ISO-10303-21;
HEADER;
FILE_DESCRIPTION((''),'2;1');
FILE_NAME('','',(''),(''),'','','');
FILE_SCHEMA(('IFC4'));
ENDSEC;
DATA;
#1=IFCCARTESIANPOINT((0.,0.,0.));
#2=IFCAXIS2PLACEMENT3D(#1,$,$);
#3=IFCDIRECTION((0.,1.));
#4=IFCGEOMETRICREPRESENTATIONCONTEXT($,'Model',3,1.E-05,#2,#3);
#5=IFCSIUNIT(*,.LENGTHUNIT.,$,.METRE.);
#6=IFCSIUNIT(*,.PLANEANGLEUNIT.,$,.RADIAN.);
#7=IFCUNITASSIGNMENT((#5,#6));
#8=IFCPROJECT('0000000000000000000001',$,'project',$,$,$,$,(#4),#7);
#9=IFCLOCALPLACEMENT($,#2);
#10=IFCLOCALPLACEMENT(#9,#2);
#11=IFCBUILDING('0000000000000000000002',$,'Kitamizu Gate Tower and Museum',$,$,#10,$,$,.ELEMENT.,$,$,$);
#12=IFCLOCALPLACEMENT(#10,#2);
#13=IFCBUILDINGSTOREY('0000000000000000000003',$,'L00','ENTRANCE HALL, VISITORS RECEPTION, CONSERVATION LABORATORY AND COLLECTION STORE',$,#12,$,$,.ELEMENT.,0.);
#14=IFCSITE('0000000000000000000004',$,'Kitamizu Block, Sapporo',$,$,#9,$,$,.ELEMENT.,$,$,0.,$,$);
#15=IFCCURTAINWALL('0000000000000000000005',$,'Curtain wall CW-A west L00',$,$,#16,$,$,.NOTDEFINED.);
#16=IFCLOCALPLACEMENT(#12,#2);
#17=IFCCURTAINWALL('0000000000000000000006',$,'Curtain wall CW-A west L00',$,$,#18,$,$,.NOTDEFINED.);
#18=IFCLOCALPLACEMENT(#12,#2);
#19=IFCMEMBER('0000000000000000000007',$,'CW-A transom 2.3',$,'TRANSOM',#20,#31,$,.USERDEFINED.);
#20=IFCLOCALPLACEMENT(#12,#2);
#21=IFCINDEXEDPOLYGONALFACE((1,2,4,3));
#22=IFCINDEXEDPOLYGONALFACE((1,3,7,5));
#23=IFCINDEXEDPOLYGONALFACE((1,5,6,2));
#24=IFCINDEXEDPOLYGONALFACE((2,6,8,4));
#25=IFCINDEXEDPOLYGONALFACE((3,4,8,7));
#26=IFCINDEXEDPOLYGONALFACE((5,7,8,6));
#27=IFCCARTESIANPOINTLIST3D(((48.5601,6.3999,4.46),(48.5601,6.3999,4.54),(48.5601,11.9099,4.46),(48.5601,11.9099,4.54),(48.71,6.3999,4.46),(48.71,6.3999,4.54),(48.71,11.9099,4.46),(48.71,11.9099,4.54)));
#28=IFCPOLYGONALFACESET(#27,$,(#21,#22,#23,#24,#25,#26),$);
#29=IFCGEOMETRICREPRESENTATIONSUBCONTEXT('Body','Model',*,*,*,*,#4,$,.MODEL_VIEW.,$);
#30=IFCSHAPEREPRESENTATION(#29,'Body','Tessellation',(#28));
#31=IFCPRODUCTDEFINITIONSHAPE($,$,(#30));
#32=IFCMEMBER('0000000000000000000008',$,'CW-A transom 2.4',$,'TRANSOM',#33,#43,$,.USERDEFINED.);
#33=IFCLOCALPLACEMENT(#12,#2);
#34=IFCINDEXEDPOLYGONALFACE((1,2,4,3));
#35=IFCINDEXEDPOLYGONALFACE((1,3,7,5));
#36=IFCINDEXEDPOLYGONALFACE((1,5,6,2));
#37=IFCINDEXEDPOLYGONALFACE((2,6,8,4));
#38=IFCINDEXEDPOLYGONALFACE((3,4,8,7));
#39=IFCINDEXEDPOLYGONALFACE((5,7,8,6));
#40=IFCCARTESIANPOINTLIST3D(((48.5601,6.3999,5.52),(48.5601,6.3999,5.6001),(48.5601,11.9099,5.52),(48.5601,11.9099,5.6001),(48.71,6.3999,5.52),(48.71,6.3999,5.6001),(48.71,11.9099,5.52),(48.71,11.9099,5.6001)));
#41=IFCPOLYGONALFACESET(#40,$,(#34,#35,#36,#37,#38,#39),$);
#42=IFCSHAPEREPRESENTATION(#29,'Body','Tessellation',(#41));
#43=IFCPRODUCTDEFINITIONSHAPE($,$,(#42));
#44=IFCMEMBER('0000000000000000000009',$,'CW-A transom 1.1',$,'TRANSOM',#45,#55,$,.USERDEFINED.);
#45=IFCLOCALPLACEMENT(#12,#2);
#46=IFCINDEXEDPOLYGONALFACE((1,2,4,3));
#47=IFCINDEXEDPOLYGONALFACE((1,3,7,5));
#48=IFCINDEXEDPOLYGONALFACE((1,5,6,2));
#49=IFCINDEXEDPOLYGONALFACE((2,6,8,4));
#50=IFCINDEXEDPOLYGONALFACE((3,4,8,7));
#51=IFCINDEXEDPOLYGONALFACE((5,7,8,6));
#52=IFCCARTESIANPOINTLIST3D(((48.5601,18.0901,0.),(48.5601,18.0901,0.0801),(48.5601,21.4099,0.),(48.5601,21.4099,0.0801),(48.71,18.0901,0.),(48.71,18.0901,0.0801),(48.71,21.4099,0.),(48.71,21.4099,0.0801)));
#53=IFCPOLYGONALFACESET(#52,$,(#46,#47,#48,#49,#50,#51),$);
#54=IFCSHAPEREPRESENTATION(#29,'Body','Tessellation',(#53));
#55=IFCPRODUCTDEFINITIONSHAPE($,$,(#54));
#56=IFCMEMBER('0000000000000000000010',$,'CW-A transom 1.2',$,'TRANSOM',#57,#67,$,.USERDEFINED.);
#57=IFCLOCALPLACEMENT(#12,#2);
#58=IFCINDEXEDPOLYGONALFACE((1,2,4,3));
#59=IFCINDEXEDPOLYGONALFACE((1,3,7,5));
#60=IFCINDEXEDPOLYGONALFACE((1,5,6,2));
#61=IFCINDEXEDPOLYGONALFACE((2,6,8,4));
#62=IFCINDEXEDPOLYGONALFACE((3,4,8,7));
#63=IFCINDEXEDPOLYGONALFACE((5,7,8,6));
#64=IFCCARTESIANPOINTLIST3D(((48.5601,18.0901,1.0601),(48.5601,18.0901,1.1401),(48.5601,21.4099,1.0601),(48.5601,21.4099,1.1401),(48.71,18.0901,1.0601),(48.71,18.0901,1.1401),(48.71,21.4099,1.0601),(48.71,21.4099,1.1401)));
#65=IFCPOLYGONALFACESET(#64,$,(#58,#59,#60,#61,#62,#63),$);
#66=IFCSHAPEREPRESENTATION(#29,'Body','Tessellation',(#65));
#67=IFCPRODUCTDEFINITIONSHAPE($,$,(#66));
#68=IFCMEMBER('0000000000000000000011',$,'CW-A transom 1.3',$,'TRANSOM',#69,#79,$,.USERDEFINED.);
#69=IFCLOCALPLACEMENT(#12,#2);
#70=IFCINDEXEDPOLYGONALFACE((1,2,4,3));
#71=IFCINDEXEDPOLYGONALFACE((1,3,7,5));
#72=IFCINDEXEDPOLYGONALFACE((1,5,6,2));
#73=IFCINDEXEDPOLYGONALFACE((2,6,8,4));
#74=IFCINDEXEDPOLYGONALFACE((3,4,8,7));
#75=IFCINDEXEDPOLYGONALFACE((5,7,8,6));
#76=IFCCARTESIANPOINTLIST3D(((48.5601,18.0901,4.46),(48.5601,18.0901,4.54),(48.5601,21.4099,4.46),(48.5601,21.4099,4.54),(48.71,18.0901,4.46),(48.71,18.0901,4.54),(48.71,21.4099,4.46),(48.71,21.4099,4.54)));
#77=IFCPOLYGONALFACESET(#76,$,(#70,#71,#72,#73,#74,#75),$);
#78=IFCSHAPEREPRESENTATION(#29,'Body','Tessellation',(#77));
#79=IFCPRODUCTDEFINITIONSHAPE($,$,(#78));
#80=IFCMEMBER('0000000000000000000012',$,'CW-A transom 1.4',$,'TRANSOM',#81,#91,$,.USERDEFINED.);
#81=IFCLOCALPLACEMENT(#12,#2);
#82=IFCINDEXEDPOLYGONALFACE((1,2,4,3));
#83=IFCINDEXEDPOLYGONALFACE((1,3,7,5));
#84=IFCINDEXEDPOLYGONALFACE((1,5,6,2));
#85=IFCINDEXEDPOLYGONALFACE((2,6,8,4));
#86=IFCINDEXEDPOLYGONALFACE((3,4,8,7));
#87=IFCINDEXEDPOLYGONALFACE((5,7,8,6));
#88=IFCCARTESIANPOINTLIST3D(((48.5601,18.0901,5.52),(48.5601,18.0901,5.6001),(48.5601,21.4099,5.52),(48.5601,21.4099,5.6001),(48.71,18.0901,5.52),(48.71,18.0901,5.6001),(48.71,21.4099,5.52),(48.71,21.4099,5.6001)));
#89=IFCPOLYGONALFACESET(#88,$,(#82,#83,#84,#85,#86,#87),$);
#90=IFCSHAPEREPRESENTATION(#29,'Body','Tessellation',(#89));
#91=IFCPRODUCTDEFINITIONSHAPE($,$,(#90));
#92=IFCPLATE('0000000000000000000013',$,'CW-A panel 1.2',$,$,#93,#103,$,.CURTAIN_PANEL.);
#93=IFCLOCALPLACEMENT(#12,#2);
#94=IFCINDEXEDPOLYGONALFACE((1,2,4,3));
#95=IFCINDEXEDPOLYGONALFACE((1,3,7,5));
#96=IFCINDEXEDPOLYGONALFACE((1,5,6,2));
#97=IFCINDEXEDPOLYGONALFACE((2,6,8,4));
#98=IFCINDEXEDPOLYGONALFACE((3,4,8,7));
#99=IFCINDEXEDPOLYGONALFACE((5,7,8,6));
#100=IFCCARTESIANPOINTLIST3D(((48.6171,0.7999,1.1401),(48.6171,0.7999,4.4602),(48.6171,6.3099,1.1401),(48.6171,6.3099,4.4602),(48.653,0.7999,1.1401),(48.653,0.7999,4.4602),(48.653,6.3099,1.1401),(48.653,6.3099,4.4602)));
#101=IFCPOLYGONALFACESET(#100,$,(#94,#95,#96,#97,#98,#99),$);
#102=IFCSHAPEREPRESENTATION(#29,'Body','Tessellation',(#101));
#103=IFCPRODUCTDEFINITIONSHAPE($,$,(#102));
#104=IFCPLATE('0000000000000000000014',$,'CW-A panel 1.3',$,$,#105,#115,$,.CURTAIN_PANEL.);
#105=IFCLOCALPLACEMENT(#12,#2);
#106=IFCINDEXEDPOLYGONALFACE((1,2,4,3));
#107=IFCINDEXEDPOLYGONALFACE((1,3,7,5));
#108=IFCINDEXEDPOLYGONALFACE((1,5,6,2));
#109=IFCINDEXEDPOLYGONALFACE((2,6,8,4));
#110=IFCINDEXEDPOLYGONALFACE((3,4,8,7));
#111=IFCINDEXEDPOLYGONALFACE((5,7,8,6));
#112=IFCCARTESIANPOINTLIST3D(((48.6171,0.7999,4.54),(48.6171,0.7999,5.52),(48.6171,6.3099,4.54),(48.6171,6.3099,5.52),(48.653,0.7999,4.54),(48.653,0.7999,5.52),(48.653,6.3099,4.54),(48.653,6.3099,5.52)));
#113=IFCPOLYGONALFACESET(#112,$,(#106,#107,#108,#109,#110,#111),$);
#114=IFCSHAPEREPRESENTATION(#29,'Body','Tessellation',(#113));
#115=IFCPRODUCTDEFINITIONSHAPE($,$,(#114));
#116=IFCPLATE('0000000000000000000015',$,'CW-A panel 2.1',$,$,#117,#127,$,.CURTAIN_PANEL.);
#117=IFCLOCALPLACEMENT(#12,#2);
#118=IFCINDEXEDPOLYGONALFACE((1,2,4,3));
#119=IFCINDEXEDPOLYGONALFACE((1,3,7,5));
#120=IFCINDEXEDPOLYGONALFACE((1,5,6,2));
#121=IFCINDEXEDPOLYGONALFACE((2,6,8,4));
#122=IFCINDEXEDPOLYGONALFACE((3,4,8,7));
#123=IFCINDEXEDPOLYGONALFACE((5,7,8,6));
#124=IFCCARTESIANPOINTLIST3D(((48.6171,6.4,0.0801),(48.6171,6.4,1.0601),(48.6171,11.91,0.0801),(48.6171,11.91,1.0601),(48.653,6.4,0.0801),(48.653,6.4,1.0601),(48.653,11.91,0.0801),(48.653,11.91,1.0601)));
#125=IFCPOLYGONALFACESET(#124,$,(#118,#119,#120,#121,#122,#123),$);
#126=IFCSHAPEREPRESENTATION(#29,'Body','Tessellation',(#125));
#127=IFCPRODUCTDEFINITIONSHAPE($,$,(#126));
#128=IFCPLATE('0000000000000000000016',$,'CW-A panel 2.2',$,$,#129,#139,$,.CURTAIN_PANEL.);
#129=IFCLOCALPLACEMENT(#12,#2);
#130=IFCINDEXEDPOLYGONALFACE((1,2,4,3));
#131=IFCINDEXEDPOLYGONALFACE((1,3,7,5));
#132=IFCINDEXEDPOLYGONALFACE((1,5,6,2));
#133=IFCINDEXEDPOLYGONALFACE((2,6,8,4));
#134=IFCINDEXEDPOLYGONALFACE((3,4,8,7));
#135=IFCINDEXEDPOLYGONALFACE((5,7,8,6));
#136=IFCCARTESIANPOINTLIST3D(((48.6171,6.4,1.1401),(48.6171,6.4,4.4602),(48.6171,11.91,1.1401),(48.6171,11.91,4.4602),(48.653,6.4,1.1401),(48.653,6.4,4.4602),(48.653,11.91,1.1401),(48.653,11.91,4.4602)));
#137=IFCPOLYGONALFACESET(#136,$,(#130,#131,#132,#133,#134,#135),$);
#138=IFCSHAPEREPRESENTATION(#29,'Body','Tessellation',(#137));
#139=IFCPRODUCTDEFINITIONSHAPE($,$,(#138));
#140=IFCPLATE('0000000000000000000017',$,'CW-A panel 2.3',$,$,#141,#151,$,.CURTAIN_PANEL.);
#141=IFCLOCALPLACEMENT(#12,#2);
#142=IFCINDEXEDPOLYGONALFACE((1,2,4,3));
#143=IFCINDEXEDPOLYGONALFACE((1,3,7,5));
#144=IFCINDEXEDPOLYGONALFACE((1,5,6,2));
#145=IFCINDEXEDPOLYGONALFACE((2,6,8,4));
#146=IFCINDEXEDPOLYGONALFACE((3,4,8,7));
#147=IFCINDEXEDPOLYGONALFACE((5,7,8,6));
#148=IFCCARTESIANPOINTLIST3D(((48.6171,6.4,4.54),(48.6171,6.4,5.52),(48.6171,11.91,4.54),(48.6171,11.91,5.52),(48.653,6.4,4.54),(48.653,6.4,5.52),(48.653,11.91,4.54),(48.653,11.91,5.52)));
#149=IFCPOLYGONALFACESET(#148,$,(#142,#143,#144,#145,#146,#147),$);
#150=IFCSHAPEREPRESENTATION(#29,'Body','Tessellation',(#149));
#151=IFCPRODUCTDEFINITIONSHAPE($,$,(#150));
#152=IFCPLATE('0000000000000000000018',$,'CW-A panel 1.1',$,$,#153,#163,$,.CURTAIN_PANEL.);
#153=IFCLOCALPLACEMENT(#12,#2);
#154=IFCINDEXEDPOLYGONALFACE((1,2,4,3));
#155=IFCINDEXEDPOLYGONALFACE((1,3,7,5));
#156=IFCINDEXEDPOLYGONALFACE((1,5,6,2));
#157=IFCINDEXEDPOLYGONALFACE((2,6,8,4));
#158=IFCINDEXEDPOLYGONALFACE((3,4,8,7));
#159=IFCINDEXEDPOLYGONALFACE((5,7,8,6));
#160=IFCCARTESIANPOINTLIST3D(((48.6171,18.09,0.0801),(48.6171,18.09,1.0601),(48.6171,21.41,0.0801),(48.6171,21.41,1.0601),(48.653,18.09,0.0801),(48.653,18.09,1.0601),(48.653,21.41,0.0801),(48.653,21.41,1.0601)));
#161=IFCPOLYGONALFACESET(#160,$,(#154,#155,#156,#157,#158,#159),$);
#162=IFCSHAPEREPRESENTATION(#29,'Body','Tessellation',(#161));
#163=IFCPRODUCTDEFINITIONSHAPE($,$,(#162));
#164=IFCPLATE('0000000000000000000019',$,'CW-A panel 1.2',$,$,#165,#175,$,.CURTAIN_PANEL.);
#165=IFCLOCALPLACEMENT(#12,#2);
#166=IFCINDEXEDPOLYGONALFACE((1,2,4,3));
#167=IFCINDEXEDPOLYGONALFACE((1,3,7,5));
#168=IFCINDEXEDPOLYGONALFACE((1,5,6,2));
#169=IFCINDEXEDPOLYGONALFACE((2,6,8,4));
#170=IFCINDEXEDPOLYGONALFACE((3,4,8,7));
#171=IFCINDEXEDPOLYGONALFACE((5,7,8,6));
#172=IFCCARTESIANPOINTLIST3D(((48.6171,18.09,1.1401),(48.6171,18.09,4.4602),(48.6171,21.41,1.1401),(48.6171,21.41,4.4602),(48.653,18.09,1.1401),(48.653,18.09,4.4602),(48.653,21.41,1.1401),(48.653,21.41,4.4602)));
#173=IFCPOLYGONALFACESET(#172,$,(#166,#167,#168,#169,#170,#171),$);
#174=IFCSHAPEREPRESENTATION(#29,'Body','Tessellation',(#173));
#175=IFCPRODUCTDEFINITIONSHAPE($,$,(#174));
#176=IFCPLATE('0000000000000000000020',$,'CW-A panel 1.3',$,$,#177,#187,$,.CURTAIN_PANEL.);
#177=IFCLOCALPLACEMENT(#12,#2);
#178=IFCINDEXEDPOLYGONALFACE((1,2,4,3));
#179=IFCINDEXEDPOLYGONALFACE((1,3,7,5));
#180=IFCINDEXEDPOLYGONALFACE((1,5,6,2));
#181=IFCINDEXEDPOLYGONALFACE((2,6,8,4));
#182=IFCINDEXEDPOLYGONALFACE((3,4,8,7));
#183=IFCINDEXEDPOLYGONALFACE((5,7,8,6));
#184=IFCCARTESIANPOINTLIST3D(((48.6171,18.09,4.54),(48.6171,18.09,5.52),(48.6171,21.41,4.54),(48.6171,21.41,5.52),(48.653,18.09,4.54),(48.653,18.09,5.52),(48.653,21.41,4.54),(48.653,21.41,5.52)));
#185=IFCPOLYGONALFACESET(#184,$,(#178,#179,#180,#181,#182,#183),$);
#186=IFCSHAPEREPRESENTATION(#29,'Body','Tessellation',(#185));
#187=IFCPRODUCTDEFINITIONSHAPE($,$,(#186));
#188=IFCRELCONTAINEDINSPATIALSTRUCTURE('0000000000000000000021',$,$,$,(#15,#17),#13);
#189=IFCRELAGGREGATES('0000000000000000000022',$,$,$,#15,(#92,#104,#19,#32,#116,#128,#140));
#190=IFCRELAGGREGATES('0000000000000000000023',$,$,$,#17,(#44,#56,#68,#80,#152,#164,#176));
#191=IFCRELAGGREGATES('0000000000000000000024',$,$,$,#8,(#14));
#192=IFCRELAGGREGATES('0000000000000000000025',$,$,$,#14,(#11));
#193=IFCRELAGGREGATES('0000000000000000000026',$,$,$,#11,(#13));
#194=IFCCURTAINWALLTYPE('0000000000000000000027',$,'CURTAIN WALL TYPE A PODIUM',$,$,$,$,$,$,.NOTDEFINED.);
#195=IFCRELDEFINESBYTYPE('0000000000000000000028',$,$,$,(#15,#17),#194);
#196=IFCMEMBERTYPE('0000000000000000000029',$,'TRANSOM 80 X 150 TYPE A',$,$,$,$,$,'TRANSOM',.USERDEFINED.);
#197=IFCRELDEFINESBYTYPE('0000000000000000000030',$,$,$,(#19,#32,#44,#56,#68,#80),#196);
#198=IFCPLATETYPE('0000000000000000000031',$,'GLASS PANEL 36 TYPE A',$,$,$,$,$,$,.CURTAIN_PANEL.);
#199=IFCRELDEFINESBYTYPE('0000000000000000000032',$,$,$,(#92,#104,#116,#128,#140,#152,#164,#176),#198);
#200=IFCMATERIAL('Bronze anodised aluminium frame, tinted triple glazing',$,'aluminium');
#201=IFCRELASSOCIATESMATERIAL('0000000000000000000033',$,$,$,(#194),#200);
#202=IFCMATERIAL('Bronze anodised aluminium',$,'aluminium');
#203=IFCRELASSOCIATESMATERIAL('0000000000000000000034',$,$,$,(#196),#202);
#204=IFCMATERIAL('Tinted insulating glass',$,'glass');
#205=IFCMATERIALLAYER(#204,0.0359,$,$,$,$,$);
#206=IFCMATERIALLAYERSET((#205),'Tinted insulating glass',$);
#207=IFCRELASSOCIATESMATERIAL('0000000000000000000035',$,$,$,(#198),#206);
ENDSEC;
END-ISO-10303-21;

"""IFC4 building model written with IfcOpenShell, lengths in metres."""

from ifc_helpers import new_model, si_unit, direction, frame, origin, origin_2d, place, context, subcontext, project, spatial, rectangle, extrude, material, layer, layer_set, material_profile, profile_set, type_object, element, aggregate, save


model = new_model("IFC4")

# Units and contexts
model_context = context("Model", 3, precision=1e-05, world=origin(), true_north=direction((0.0, 1.0)))
body_context = subcontext(model_context, "Body", "Model", "MODEL_VIEW")
ifc_project = project(units=[si_unit("LENGTHUNIT", "METRE"), si_unit("PLANEANGLEUNIT", "RADIAN")], contexts=[model_context])

# Site, building, storey
site_placement = place(None, origin())
site = spatial("IfcSite", under=ifc_project, at=site_placement, Name="Kitamizu Block, Sapporo", CompositionType="ELEMENT", RefElevation=0.0)
building_placement = place(site_placement, origin())
building = spatial("IfcBuilding", under=site, at=building_placement, Name="Kitamizu Gate Tower and Museum", CompositionType="ELEMENT")
storey_placement = place(building_placement, origin())
storey = spatial("IfcBuildingStorey", under=building, at=storey_placement, Name="L00", Description="ENTRANCE HALL, VISITORS RECEPTION, CONSERVATION LABORATORY AND COLLECTION STORE", CompositionType="ELEMENT", Elevation=0.0)

# Curtain walls
ifc_material_1 = material(Name="Bronze anodised aluminium frame, tinted triple glazing", Category="aluminium")
curtain_wall_type = type_object("IfcCurtainWallType", Name="CURTAIN WALL TYPE A PODIUM", PredefinedType="NOTDEFINED", material=ifc_material_1)
curtain_wall_1_placement = place(storey_placement, origin())
curtain_wall_1 = element("IfcCurtainWall", 1, at=curtain_wall_1_placement, inside=storey, type_object=curtain_wall_type, Name="Curtain wall CW-A west L00", PredefinedType="NOTDEFINED")
curtain_wall_2_placement = place(storey_placement, origin())
curtain_wall_2 = element("IfcCurtainWall", 2, at=curtain_wall_2_placement, inside=storey, type_object=curtain_wall_type, Name="Curtain wall CW-A west L00", PredefinedType="NOTDEFINED")

# Members
ifc_material_2 = material(Name="Bronze anodised aluminium", Category="aluminium")
ifc_material_profile_1 = material_profile(ifc_material_2, rectangle(XDim=0.1499, YDim=0.0801, at=origin_2d()), Name="AL 80X150")
ifc_profile_set_1 = profile_set([ifc_material_profile_1], Name="Bronze anodised aluminium")
member_type_1 = type_object("IfcMemberType", Name="TRANSOM 80 X 150 TYPE A", ElementType="TRANSOM", PredefinedType="USERDEFINED", material=ifc_profile_set_1)
member_1_placement = place(storey_placement, frame((48.635, 6.3999, 4.5), z_axis=(0.0, 1.0, 0.0), x_axis=(-1.0, 0.0, 0.0)))
member_1 = element("IfcMember", 3, at=member_1_placement, type_object=member_type_1, Name="CW-A transom 2.3", ObjectType="TRANSOM", PredefinedType="USERDEFINED", context=body_context, shape_type="SweptSolid", body=[
    extrude(rectangle(XDim=0.1499, YDim=0.0801, at=origin_2d()), origin(), (0.0, 0.0, 1.0), 5.51),
])
member_2_placement = place(storey_placement, frame((48.635, 6.3999, 5.5601), z_axis=(0.0, 1.0, 0.0), x_axis=(-1.0, 0.0, 0.0)))
member_2 = element("IfcMember", 4, at=member_2_placement, type_object=member_type_1, Name="CW-A transom 2.4", ObjectType="TRANSOM", PredefinedType="USERDEFINED", context=body_context, shape_type="SweptSolid", body=[
    extrude(rectangle(XDim=0.1499, YDim=0.0801, at=origin_2d()), origin(), (0.0, 0.0, 1.0), 5.51),
])
member_3_placement = place(storey_placement, frame((48.635, 18.0901, 0.04), z_axis=(0.0, 1.0, 0.0), x_axis=(-1.0, 0.0, 0.0)))
member_3 = element("IfcMember", 5, at=member_3_placement, type_object=member_type_1, Name="CW-A transom 1.1", ObjectType="TRANSOM", PredefinedType="USERDEFINED", context=body_context, shape_type="SweptSolid", body=[
    extrude(rectangle(XDim=0.1499, YDim=0.0801, at=origin_2d()), origin(), (0.0, 0.0, 1.0), 3.3198),
])
member_4_placement = place(storey_placement, frame((48.635, 18.0901, 1.1001), z_axis=(0.0, 1.0, 0.0), x_axis=(-1.0, 0.0, 0.0)))
member_4 = element("IfcMember", 6, at=member_4_placement, type_object=member_type_1, Name="CW-A transom 1.2", ObjectType="TRANSOM", PredefinedType="USERDEFINED", context=body_context, shape_type="SweptSolid", body=[
    extrude(rectangle(XDim=0.1499, YDim=0.0801, at=origin_2d()), origin(), (0.0, 0.0, 1.0), 3.3198),
])
member_5_placement = place(storey_placement, frame((48.635, 18.0901, 4.5), z_axis=(0.0, 1.0, 0.0), x_axis=(-1.0, 0.0, 0.0)))
member_5 = element("IfcMember", 7, at=member_5_placement, type_object=member_type_1, Name="CW-A transom 1.3", ObjectType="TRANSOM", PredefinedType="USERDEFINED", context=body_context, shape_type="SweptSolid", body=[
    extrude(rectangle(XDim=0.1499, YDim=0.0801, at=origin_2d()), origin(), (0.0, 0.0, 1.0), 3.3198),
])
member_6_placement = place(storey_placement, frame((48.635, 18.0901, 5.5601), z_axis=(0.0, 1.0, 0.0), x_axis=(-1.0, 0.0, 0.0)))
member_6 = element("IfcMember", 8, at=member_6_placement, type_object=member_type_1, Name="CW-A transom 1.4", ObjectType="TRANSOM", PredefinedType="USERDEFINED", context=body_context, shape_type="SweptSolid", body=[
    extrude(rectangle(XDim=0.1499, YDim=0.0801, at=origin_2d()), origin(), (0.0, 0.0, 1.0), 3.3198),
])

# Plates
ifc_material_3 = material(Name="Tinted insulating glass", Category="glass")
ifc_layer_1 = layer(ifc_material_3, 0.0359)
ifc_layer_set_1 = layer_set([ifc_layer_1], Name="Tinted insulating glass")
plate_type = type_object("IfcPlateType", Name="GLASS PANEL 36 TYPE A", PredefinedType="CURTAIN_PANEL", material=ifc_layer_set_1)
plate_1_placement = place(storey_placement, frame((48.635, 3.5549, 1.1401), z_axis=(0.0, 0.0, 1.0), x_axis=(0.0, 1.0, 0.0)))
plate_1 = element("IfcPlate", 9, at=plate_1_placement, type_object=plate_type, Name="CW-A panel 1.2", PredefinedType="CURTAIN_PANEL", context=body_context, shape_type="SweptSolid", body=[
    extrude(rectangle(XDim=5.51, YDim=0.0359, at=origin_2d()), origin(), (0.0, 0.0, 1.0), 3.3201),
])
plate_2_placement = place(storey_placement, frame((48.635, 3.5549, 4.54), z_axis=(0.0, 0.0, 1.0), x_axis=(0.0, 1.0, 0.0)))
plate_2 = element("IfcPlate", 10, at=plate_2_placement, type_object=plate_type, Name="CW-A panel 1.3", PredefinedType="CURTAIN_PANEL", context=body_context, shape_type="SweptSolid", body=[
    extrude(rectangle(XDim=5.51, YDim=0.0359, at=origin_2d()), origin(), (0.0, 0.0, 1.0), 0.98),
])
plate_3_placement = place(storey_placement, frame((48.635, 9.155, 0.0801), z_axis=(0.0, 0.0, 1.0), x_axis=(0.0, 1.0, 0.0)))
plate_3 = element("IfcPlate", 11, at=plate_3_placement, type_object=plate_type, Name="CW-A panel 2.1", PredefinedType="CURTAIN_PANEL", context=body_context, shape_type="SweptSolid", body=[
    extrude(rectangle(XDim=5.51, YDim=0.0359, at=origin_2d()), origin(), (0.0, 0.0, 1.0), 0.98),
])
plate_4_placement = place(storey_placement, frame((48.635, 9.155, 1.1401), z_axis=(0.0, 0.0, 1.0), x_axis=(0.0, 1.0, 0.0)))
plate_4 = element("IfcPlate", 12, at=plate_4_placement, type_object=plate_type, Name="CW-A panel 2.2", PredefinedType="CURTAIN_PANEL", context=body_context, shape_type="SweptSolid", body=[
    extrude(rectangle(XDim=5.51, YDim=0.0359, at=origin_2d()), origin(), (0.0, 0.0, 1.0), 3.3201),
])
plate_5_placement = place(storey_placement, frame((48.635, 9.155, 4.54), z_axis=(0.0, 0.0, 1.0), x_axis=(0.0, 1.0, 0.0)))
plate_5 = element("IfcPlate", 13, at=plate_5_placement, type_object=plate_type, Name="CW-A panel 2.3", PredefinedType="CURTAIN_PANEL", context=body_context, shape_type="SweptSolid", body=[
    extrude(rectangle(XDim=5.51, YDim=0.0359, at=origin_2d()), origin(), (0.0, 0.0, 1.0), 0.98),
])
aggregate(curtain_wall_1, [plate_1, plate_2, member_1, member_2, plate_3, plate_4, plate_5])
plate_6_placement = place(storey_placement, frame((48.635, 19.75, 0.0801), z_axis=(0.0, 0.0, 1.0), x_axis=(0.0, 1.0, 0.0)))
plate_6 = element("IfcPlate", 14, at=plate_6_placement, type_object=plate_type, Name="CW-A panel 1.1", PredefinedType="CURTAIN_PANEL", context=body_context, shape_type="SweptSolid", body=[
    extrude(rectangle(XDim=3.3201, YDim=0.0359, at=origin_2d()), origin(), (0.0, 0.0, 1.0), 0.98),
])
plate_7_placement = place(storey_placement, frame((48.635, 19.75, 1.1401), z_axis=(0.0, 0.0, 1.0), x_axis=(0.0, 1.0, 0.0)))
plate_7 = element("IfcPlate", 15, at=plate_7_placement, type_object=plate_type, Name="CW-A panel 1.2", PredefinedType="CURTAIN_PANEL", context=body_context, shape_type="SweptSolid", body=[
    extrude(rectangle(XDim=3.3201, YDim=0.0359, at=origin_2d()), origin(), (0.0, 0.0, 1.0), 3.3201),
])
plate_8_placement = place(storey_placement, frame((48.635, 19.75, 4.54), z_axis=(0.0, 0.0, 1.0), x_axis=(0.0, 1.0, 0.0)))
plate_8 = element("IfcPlate", 16, at=plate_8_placement, type_object=plate_type, Name="CW-A panel 1.3", PredefinedType="CURTAIN_PANEL", context=body_context, shape_type="SweptSolid", body=[
    extrude(rectangle(XDim=3.3201, YDim=0.0359, at=origin_2d()), origin(), (0.0, 0.0, 1.0), 0.98),
])
aggregate(curtain_wall_2, [member_3, member_4, member_5, member_6, plate_6, plate_7, plate_8])

save(model, "model.ifc")
